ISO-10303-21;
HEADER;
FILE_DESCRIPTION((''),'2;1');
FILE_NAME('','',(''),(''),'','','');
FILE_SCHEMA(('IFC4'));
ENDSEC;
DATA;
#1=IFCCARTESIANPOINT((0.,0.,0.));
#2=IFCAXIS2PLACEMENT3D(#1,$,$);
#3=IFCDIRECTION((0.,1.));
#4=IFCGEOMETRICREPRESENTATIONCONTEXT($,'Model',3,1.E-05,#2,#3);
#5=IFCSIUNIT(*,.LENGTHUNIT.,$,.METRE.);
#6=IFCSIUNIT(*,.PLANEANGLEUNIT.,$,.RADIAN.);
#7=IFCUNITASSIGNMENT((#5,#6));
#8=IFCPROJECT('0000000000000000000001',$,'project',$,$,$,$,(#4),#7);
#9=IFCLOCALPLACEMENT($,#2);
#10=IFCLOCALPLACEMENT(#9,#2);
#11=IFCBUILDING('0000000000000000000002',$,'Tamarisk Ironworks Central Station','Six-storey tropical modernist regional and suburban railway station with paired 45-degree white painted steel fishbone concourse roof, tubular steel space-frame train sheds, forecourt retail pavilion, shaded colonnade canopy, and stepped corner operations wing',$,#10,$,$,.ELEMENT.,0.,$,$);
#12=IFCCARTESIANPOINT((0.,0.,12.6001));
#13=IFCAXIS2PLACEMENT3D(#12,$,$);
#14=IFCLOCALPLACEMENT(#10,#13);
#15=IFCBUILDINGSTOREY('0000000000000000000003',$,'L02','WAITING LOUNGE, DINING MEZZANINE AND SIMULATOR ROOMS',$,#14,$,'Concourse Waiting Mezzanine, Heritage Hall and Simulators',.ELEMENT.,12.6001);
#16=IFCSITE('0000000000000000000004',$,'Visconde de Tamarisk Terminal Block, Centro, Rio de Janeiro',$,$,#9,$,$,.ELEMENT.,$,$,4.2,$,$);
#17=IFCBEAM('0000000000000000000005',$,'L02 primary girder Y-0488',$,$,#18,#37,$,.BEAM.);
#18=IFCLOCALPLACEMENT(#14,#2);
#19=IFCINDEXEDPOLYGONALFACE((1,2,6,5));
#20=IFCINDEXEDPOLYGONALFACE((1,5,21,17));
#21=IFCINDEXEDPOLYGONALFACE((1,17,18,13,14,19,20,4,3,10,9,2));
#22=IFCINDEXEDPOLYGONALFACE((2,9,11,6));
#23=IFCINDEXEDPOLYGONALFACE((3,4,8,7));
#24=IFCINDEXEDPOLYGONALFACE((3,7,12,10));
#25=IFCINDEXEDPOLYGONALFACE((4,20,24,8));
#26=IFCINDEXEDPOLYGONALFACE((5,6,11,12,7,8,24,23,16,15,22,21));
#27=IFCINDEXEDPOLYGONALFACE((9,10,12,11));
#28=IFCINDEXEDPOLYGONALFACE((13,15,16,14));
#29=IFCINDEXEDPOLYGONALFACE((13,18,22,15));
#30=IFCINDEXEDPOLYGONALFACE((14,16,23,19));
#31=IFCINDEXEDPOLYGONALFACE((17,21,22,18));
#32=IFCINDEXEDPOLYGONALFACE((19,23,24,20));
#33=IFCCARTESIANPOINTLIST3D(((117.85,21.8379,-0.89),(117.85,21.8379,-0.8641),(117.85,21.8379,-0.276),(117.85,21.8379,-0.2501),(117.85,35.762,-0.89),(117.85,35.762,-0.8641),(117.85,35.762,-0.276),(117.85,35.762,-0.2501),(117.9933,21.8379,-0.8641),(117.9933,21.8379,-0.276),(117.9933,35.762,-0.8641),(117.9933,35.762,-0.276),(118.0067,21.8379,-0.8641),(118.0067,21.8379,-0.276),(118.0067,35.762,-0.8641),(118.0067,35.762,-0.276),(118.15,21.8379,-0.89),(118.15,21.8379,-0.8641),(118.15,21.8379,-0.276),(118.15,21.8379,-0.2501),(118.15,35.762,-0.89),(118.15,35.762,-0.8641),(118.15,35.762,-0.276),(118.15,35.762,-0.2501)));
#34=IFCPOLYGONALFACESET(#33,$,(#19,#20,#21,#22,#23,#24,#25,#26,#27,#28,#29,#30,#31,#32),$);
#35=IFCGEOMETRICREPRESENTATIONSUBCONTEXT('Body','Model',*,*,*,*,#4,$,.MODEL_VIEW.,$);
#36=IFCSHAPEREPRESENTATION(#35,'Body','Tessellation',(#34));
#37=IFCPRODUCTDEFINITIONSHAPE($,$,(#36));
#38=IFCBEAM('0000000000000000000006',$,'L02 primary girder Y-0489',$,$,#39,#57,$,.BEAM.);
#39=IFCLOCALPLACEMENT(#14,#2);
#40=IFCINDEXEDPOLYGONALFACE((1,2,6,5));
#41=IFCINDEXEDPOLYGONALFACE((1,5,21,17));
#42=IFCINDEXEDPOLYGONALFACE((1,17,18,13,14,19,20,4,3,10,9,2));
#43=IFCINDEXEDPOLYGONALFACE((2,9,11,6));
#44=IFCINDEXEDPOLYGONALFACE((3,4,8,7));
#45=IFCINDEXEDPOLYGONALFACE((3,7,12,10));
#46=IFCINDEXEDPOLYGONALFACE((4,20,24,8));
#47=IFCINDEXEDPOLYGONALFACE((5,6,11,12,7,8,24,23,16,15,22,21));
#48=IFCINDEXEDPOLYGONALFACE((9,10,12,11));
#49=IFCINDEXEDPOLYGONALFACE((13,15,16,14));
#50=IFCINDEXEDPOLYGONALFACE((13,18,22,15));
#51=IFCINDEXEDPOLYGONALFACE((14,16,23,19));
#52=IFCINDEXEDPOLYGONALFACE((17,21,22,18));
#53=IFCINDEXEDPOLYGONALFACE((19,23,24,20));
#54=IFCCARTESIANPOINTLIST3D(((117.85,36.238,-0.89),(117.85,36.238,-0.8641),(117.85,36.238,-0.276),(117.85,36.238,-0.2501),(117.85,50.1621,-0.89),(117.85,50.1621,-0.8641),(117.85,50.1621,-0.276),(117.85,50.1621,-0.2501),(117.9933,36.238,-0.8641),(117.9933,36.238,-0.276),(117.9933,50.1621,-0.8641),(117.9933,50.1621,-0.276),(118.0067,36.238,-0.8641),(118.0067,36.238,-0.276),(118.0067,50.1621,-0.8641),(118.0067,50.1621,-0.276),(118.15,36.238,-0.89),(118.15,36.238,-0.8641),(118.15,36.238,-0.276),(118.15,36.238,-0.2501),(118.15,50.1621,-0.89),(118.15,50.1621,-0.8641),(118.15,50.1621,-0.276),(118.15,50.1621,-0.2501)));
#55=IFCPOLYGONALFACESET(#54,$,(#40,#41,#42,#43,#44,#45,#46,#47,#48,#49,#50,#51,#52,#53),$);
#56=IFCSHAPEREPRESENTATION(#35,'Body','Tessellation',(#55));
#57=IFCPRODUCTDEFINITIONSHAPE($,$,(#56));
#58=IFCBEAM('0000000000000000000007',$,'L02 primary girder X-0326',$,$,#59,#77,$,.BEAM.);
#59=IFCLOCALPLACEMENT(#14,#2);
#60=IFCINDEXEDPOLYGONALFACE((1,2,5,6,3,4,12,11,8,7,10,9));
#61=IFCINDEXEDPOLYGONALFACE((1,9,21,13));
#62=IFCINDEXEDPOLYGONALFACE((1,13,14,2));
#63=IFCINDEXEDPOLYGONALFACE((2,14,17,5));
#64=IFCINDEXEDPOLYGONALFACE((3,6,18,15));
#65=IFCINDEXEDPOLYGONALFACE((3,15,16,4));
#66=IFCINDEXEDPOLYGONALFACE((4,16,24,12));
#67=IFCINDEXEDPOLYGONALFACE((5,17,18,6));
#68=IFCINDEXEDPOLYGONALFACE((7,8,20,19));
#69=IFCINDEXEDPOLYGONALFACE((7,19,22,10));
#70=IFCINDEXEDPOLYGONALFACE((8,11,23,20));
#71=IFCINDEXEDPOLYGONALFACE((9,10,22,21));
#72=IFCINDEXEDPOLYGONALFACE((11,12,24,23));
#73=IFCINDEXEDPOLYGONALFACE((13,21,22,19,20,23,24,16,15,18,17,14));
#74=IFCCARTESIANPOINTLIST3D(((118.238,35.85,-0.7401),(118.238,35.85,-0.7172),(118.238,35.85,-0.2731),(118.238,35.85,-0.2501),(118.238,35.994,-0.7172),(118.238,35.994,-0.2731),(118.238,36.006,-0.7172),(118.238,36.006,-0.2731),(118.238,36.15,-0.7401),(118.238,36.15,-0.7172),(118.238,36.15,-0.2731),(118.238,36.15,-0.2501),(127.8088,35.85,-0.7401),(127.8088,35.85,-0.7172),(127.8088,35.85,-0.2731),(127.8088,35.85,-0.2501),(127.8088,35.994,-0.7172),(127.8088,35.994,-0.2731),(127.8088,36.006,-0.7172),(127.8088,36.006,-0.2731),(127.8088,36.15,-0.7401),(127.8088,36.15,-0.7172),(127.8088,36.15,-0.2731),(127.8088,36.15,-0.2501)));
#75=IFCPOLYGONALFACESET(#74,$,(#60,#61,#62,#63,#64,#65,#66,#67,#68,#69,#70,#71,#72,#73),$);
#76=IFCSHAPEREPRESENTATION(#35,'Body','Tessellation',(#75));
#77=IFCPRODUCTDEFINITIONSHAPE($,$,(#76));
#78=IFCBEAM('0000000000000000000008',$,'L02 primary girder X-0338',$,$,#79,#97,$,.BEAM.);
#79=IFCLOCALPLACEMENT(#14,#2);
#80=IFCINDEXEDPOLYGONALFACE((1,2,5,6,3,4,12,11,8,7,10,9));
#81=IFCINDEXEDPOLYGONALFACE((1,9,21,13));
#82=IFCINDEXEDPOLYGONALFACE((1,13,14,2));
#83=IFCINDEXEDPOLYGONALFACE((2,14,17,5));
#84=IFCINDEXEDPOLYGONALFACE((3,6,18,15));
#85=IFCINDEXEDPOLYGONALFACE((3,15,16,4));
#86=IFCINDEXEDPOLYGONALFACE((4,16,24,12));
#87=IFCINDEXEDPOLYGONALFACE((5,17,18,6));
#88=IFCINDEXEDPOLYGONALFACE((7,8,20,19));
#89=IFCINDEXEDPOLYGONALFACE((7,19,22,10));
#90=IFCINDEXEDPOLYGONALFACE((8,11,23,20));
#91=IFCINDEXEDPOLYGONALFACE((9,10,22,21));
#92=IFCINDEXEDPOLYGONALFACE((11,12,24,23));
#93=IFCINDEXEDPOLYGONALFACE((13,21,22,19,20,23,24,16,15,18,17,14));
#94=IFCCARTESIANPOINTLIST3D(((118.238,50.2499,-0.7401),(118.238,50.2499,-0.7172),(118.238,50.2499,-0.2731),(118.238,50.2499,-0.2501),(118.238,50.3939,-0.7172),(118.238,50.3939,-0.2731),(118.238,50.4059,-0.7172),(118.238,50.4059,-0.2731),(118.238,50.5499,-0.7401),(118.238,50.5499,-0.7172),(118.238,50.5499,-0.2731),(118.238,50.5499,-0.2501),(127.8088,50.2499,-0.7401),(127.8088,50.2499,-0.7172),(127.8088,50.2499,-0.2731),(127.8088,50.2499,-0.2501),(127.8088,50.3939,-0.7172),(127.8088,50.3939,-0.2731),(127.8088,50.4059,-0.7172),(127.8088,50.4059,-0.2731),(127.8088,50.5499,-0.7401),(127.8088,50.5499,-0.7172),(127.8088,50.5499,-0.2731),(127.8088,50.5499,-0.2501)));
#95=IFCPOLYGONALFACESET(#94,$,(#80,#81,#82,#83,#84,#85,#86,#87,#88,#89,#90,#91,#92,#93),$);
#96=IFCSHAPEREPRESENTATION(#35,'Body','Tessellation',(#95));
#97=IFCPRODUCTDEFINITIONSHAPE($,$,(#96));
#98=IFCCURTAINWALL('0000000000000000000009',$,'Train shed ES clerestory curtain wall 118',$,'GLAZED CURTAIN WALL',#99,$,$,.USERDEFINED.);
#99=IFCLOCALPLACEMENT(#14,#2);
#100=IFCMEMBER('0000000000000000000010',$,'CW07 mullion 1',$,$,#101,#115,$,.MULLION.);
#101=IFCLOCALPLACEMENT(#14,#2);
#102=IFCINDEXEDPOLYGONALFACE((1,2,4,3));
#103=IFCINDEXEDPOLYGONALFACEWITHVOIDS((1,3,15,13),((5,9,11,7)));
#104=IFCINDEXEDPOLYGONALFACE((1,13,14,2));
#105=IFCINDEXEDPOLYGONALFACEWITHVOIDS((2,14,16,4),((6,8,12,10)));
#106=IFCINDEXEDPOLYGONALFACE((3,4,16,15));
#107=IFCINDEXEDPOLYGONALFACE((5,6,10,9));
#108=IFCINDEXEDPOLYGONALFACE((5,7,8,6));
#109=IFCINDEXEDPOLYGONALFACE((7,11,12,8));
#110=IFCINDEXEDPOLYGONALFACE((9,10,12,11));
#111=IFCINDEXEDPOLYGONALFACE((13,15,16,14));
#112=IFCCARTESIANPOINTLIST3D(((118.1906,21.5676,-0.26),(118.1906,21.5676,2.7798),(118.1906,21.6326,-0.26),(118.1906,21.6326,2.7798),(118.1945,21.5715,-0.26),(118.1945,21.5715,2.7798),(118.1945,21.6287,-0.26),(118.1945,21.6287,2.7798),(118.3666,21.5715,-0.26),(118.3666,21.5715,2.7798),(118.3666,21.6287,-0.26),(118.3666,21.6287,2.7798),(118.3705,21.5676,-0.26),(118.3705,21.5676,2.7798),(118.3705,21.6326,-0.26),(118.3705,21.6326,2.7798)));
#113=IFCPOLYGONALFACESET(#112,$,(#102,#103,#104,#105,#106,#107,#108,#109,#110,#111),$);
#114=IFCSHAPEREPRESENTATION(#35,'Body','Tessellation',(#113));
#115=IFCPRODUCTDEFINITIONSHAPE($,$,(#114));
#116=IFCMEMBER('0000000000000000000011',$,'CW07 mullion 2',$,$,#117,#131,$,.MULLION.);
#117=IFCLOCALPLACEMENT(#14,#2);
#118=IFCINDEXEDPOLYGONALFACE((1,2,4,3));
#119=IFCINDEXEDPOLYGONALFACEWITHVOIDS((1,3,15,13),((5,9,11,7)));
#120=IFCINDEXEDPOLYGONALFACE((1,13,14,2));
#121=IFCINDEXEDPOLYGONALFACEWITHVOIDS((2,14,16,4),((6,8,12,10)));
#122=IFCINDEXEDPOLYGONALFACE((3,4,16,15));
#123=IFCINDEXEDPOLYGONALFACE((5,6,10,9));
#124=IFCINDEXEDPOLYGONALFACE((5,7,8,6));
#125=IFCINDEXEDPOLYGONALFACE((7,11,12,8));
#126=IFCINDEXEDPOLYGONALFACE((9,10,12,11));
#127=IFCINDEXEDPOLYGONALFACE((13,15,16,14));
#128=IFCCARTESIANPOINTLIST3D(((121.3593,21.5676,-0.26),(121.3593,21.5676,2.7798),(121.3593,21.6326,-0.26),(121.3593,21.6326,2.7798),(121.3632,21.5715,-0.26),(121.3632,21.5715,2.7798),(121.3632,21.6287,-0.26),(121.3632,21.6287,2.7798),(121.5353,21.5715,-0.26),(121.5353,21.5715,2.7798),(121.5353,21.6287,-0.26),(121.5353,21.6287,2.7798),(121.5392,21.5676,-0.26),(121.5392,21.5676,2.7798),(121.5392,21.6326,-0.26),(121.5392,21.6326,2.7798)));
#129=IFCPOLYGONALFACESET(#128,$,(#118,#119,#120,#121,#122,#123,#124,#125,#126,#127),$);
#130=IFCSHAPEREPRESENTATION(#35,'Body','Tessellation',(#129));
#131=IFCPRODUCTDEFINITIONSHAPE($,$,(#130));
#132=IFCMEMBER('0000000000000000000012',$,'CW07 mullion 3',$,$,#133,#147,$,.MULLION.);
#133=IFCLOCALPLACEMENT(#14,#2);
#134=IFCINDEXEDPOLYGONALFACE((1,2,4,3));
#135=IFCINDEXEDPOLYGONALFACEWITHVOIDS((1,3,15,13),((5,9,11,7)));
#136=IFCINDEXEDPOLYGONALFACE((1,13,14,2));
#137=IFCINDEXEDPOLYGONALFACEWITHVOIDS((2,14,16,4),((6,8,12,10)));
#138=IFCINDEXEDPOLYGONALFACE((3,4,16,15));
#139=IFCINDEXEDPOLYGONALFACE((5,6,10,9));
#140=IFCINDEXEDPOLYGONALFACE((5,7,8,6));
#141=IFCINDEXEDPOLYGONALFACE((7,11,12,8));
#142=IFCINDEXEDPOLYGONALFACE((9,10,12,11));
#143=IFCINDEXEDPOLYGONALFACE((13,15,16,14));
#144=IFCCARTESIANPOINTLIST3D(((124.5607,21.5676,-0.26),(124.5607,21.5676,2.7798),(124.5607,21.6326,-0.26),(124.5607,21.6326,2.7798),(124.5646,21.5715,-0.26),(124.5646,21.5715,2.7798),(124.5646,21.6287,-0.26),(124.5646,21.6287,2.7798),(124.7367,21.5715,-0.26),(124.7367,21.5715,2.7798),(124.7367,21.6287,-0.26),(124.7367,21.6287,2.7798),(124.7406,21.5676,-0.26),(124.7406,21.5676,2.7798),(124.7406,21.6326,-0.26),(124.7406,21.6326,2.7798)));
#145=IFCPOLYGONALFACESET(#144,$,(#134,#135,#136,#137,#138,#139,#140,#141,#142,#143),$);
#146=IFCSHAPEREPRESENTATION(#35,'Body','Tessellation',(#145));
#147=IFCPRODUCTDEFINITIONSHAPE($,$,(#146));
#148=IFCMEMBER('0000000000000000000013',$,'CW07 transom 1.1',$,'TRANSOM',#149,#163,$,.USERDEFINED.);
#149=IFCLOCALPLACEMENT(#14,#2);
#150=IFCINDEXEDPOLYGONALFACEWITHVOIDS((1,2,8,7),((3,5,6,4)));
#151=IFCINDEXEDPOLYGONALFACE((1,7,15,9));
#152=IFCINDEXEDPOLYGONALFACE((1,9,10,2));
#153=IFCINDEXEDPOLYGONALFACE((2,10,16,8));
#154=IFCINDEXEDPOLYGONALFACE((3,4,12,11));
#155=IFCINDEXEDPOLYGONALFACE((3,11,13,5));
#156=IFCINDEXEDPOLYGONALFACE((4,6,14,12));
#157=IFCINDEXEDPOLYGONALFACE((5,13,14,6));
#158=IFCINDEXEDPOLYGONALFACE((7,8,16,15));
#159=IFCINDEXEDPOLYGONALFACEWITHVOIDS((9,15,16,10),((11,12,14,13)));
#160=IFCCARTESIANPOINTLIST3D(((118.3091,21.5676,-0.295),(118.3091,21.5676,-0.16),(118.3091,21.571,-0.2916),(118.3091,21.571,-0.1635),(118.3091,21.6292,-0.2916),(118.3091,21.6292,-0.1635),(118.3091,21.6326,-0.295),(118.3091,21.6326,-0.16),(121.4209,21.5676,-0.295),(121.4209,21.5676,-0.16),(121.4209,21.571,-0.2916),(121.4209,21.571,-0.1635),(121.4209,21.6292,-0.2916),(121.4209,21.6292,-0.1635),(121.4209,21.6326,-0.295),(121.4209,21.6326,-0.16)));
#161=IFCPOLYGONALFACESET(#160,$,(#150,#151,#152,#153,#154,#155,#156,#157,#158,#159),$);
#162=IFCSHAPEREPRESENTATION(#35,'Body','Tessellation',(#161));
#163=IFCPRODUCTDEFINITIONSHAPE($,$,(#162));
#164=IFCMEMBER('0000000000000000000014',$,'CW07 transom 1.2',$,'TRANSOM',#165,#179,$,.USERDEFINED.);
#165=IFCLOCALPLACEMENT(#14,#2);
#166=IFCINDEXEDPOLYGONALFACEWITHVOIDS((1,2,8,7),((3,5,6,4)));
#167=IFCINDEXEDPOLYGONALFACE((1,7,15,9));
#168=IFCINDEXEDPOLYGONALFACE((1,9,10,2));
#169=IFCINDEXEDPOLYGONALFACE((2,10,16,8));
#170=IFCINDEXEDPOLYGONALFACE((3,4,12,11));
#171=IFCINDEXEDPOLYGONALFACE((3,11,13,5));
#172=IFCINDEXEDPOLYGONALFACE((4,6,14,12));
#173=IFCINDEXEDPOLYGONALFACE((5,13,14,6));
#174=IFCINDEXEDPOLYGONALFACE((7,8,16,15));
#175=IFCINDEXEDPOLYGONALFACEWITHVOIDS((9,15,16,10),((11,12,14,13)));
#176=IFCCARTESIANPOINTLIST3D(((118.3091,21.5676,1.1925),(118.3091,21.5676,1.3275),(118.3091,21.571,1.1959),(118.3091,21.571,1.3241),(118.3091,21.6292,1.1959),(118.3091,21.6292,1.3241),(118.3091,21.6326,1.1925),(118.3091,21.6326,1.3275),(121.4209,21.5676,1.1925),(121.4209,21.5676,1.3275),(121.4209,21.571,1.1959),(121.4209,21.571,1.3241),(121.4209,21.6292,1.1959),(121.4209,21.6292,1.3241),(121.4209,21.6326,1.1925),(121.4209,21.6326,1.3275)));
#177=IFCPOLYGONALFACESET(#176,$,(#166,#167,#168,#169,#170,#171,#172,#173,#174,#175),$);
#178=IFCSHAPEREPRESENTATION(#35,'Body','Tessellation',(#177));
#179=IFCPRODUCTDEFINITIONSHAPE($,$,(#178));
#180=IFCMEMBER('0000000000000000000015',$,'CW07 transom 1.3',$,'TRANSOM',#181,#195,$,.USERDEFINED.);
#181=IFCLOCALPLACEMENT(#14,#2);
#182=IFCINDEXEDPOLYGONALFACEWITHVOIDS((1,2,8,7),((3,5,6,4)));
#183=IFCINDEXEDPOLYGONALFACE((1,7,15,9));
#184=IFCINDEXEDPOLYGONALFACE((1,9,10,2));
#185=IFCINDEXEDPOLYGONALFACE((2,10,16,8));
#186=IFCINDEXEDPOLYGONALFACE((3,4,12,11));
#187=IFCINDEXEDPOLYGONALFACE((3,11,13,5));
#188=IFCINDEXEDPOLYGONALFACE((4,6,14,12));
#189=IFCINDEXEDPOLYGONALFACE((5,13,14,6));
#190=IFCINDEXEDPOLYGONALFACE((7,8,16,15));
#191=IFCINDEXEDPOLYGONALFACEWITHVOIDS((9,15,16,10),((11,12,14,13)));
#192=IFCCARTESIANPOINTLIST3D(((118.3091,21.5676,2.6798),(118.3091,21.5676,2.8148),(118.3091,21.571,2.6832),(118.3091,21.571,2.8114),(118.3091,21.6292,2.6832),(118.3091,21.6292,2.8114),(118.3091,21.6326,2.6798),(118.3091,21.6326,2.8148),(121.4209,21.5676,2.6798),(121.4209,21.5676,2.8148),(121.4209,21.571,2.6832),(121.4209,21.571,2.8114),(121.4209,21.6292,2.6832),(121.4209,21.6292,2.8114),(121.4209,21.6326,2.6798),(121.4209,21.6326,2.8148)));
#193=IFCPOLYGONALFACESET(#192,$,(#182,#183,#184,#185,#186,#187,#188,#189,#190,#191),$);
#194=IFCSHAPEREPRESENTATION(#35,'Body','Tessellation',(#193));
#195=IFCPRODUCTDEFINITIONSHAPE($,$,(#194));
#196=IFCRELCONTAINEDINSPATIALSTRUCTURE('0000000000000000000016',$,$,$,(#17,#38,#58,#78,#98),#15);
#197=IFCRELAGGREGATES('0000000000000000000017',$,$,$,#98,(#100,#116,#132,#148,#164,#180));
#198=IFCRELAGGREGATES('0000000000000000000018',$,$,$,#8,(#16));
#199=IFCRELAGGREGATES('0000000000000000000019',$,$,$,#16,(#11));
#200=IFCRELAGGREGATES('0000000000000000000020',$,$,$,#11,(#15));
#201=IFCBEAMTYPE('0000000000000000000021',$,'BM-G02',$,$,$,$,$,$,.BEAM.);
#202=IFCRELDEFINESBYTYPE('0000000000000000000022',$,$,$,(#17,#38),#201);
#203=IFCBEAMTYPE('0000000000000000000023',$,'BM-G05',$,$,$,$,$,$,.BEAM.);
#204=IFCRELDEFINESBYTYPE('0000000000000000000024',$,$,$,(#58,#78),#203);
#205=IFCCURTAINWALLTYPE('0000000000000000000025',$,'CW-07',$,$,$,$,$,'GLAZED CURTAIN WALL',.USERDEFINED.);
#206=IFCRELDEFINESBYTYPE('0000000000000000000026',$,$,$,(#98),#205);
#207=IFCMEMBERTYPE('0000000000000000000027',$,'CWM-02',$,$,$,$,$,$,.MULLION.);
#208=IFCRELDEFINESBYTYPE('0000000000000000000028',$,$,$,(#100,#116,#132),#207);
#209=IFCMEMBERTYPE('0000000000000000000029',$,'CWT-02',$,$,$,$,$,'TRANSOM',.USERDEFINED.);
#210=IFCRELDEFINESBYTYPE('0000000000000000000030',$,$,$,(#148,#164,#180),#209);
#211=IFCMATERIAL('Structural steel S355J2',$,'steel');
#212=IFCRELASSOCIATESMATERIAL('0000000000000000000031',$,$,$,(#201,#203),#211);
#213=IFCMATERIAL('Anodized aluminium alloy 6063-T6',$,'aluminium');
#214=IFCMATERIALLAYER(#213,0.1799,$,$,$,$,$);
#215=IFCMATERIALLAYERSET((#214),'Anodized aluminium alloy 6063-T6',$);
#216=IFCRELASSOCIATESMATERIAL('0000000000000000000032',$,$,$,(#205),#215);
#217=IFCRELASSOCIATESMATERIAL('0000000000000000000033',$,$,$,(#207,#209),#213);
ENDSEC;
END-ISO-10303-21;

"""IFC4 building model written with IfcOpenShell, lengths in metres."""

from ifc_helpers import new_model, si_unit, direction, frame, origin, origin_2d, place, context, subcontext, project, spatial, hollow_rectangle, i_section, extrude, material, layer, layer_set, material_profile, profile_set, type_object, element, aggregate, save


model = new_model("IFC4")

# Units and contexts
model_context = context("Model", 3, precision=1e-05, world=origin(), true_north=direction((0.0, 1.0)))
body_context = subcontext(model_context, "Body", "Model", "MODEL_VIEW")
ifc_project = project(units=[si_unit("LENGTHUNIT", "METRE"), si_unit("PLANEANGLEUNIT", "RADIAN")], contexts=[model_context])

# Site, building, storey
site_placement = place(None, origin())
site = spatial("IfcSite", under=ifc_project, at=site_placement, Name="Visconde de Tamarisk Terminal Block, Centro, Rio de Janeiro", CompositionType="ELEMENT", RefElevation=4.2)
building_placement = place(site_placement, origin())
building = spatial("IfcBuilding", under=site, at=building_placement, Name="Tamarisk Ironworks Central Station", Description="Six-storey tropical modernist regional and suburban railway station with paired 45-degree white painted steel fishbone concourse roof, tubular steel space-frame train sheds, forecourt retail pavilion, shaded colonnade canopy, and stepped corner operations wing", CompositionType="ELEMENT", ElevationOfRefHeight=0.0)
storey_placement = place(building_placement, frame((0.0, 0.0, 12.6001)))
storey = spatial("IfcBuildingStorey", under=building, at=storey_placement, Name="L02", Description="WAITING LOUNGE, DINING MEZZANINE AND SIMULATOR ROOMS", LongName="Concourse Waiting Mezzanine, Heritage Hall and Simulators", CompositionType="ELEMENT", Elevation=12.6001)

# Shared definitions
ifc_material_1 = material(Name="Structural steel S355J2", Category="steel")

# Beams
ifc_material_profile_1 = material_profile(ifc_material_1, i_section(OverallWidth=0.3, OverallDepth=0.6399, WebThickness=0.0134, FlangeThickness=0.0259, at=origin_2d()), Name="HEA 650")
ifc_profile_set_1 = profile_set([ifc_material_profile_1], Name="Structural steel S355J2")
beam_type_1 = type_object("IfcBeamType", Name="BM-G02", PredefinedType="BEAM", material=ifc_profile_set_1)
for number, where, z_axis, x_axis, name in (
    (1, (118.0, 21.8379, -0.5701), (0.0, 1.0, 0.0), (-1.0, 0.0, 0.0), "L02 primary girder Y-0488"),
    (2, (118.0, 36.238, -0.5701), (0.0, 1.0, 0.0), (-1.0, 0.0, 0.0), "L02 primary girder Y-0489"),
):
    element("IfcBeam", number, at=place(storey_placement, frame(where, z_axis=z_axis, x_axis=x_axis)), inside=storey, type_object=beam_type_1, Name=name, PredefinedType="BEAM", context=body_context, shape_type="SweptSolid", body=[
        extrude(i_section(OverallWidth=0.3, OverallDepth=0.6399, WebThickness=0.0134, FlangeThickness=0.0259, at=origin_2d()), origin(), (0.0, 0.0, 1.0), 13.9241),
    ])
ifc_material_profile_2 = material_profile(ifc_material_1, i_section(OverallWidth=0.3, OverallDepth=0.49, WebThickness=0.012, FlangeThickness=0.0229, at=origin_2d()), Name="HEA 500")
ifc_profile_set_2 = profile_set([ifc_material_profile_2], Name="Structural steel S355J2")
beam_type_2 = type_object("IfcBeamType", Name="BM-G05", PredefinedType="BEAM", material=ifc_profile_set_2)
for number, where, z_axis, x_axis, name in (
    (3, (118.238, 36.0, -0.4951), (1.0, 0.0, 0.0), (0.0, 1.0, 0.0), "L02 primary girder X-0326"),
    (4, (118.238, 50.3999, -0.4951), (1.0, 0.0, 0.0), (0.0, 1.0, 0.0), "L02 primary girder X-0338"),
):
    element("IfcBeam", number, at=place(storey_placement, frame(where, z_axis=z_axis, x_axis=x_axis)), inside=storey, type_object=beam_type_2, Name=name, PredefinedType="BEAM", context=body_context, shape_type="SweptSolid", body=[
        extrude(i_section(OverallWidth=0.3, OverallDepth=0.49, WebThickness=0.012, FlangeThickness=0.0229, at=origin_2d()), origin(), (0.0, 0.0, 1.0), 9.5708),
    ])

# Curtain wall, members
ifc_material_2 = material(Name="Anodized aluminium alloy 6063-T6", Category="aluminium")
ifc_layer_1 = layer(ifc_material_2, 0.1799)
ifc_layer_set_1 = layer_set([ifc_layer_1], Name="Anodized aluminium alloy 6063-T6")
curtain_wall_type = type_object("IfcCurtainWallType", Name="CW-07", ElementType="GLAZED CURTAIN WALL", PredefinedType="USERDEFINED", material=ifc_layer_set_1)
curtain_wall_placement = place(storey_placement, origin())
curtain_wall = element("IfcCurtainWall", 5, at=curtain_wall_placement, inside=storey, type_object=curtain_wall_type, Name="Train shed ES clerestory curtain wall 118", ObjectType="GLAZED CURTAIN WALL", PredefinedType="USERDEFINED")
ifc_material_profile_3 = material_profile(ifc_material_2, hollow_rectangle(XDim=0.0649, YDim=0.1799, WallThickness=0.0039, at=origin_2d()), Name="ALUM 180x65")
ifc_profile_set_3 = profile_set([ifc_material_profile_3], Name="Anodized aluminium alloy 6063-T6")
member_type_1 = type_object("IfcMemberType", Name="CWM-02", PredefinedType="MULLION", material=ifc_profile_set_3)
member_1_placement = place(storey_placement, frame((118.2805, 21.6001, -0.26), z_axis=(0.0, 0.0, 1.0), x_axis=(0.0, 1.0, 0.0)))
member_1 = element("IfcMember", 6, at=member_1_placement, type_object=member_type_1, Name="CW07 mullion 1", PredefinedType="MULLION", context=body_context, shape_type="SweptSolid", body=[
    extrude(hollow_rectangle(XDim=0.0649, YDim=0.1799, WallThickness=0.0039, at=origin_2d()), origin(), (0.0, 0.0, 1.0), 3.0398),
])
member_2_placement = place(storey_placement, frame((121.4492, 21.6001, -0.26), z_axis=(0.0, 0.0, 1.0), x_axis=(0.0, 1.0, 0.0)))
member_2 = element("IfcMember", 7, at=member_2_placement, type_object=member_type_1, Name="CW07 mullion 2", PredefinedType="MULLION", context=body_context, shape_type="SweptSolid", body=[
    extrude(hollow_rectangle(XDim=0.0649, YDim=0.1799, WallThickness=0.0039, at=origin_2d()), origin(), (0.0, 0.0, 1.0), 3.0398),
])
member_3_placement = place(storey_placement, frame((124.6506, 21.6001, -0.26), z_axis=(0.0, 0.0, 1.0), x_axis=(0.0, 1.0, 0.0)))
member_3 = element("IfcMember", 8, at=member_3_placement, type_object=member_type_1, Name="CW07 mullion 3", PredefinedType="MULLION", context=body_context, shape_type="SweptSolid", body=[
    extrude(hollow_rectangle(XDim=0.0649, YDim=0.1799, WallThickness=0.0039, at=origin_2d()), origin(), (0.0, 0.0, 1.0), 3.0398),
])
ifc_material_profile_4 = material_profile(ifc_material_2, hollow_rectangle(XDim=0.0649, YDim=0.135, WallThickness=0.0034, at=origin_2d()), Name="ALUM 135x65")
ifc_profile_set_4 = profile_set([ifc_material_profile_4], Name="Anodized aluminium alloy 6063-T6")
member_type_2 = type_object("IfcMemberType", Name="CWT-02", ElementType="TRANSOM", PredefinedType="USERDEFINED", material=ifc_profile_set_4)
member_4_placement = place(storey_placement, frame((118.3091, 21.6001, -0.2275), z_axis=(1.0, 0.0, 0.0), x_axis=(0.0, 1.0, 0.0)))
member_4 = element("IfcMember", 9, at=member_4_placement, type_object=member_type_2, Name="CW07 transom 1.1", ObjectType="TRANSOM", PredefinedType="USERDEFINED", context=body_context, shape_type="SweptSolid", body=[
    extrude(hollow_rectangle(XDim=0.0649, YDim=0.135, WallThickness=0.0034, at=origin_2d()), origin(), (0.0, 0.0, 1.0), 3.1118),
])
member_5_placement = place(storey_placement, frame((118.3091, 21.6001, 1.26), z_axis=(1.0, 0.0, 0.0), x_axis=(0.0, 1.0, 0.0)))
member_5 = element("IfcMember", 10, at=member_5_placement, type_object=member_type_2, Name="CW07 transom 1.2", ObjectType="TRANSOM", PredefinedType="USERDEFINED", context=body_context, shape_type="SweptSolid", body=[
    extrude(hollow_rectangle(XDim=0.0649, YDim=0.135, WallThickness=0.0034, at=origin_2d()), origin(), (0.0, 0.0, 1.0), 3.1118),
])
member_6_placement = place(storey_placement, frame((118.3091, 21.6001, 2.7473), z_axis=(1.0, 0.0, 0.0), x_axis=(0.0, 1.0, 0.0)))
member_6 = element("IfcMember", 11, at=member_6_placement, type_object=member_type_2, Name="CW07 transom 1.3", ObjectType="TRANSOM", PredefinedType="USERDEFINED", context=body_context, shape_type="SweptSolid", body=[
    extrude(hollow_rectangle(XDim=0.0649, YDim=0.135, WallThickness=0.0034, at=origin_2d()), origin(), (0.0, 0.0, 1.0), 3.1118),
])
aggregate(curtain_wall, [member_1, member_2, member_3, member_4, member_5, member_6])

save(model, "model.ifc")
